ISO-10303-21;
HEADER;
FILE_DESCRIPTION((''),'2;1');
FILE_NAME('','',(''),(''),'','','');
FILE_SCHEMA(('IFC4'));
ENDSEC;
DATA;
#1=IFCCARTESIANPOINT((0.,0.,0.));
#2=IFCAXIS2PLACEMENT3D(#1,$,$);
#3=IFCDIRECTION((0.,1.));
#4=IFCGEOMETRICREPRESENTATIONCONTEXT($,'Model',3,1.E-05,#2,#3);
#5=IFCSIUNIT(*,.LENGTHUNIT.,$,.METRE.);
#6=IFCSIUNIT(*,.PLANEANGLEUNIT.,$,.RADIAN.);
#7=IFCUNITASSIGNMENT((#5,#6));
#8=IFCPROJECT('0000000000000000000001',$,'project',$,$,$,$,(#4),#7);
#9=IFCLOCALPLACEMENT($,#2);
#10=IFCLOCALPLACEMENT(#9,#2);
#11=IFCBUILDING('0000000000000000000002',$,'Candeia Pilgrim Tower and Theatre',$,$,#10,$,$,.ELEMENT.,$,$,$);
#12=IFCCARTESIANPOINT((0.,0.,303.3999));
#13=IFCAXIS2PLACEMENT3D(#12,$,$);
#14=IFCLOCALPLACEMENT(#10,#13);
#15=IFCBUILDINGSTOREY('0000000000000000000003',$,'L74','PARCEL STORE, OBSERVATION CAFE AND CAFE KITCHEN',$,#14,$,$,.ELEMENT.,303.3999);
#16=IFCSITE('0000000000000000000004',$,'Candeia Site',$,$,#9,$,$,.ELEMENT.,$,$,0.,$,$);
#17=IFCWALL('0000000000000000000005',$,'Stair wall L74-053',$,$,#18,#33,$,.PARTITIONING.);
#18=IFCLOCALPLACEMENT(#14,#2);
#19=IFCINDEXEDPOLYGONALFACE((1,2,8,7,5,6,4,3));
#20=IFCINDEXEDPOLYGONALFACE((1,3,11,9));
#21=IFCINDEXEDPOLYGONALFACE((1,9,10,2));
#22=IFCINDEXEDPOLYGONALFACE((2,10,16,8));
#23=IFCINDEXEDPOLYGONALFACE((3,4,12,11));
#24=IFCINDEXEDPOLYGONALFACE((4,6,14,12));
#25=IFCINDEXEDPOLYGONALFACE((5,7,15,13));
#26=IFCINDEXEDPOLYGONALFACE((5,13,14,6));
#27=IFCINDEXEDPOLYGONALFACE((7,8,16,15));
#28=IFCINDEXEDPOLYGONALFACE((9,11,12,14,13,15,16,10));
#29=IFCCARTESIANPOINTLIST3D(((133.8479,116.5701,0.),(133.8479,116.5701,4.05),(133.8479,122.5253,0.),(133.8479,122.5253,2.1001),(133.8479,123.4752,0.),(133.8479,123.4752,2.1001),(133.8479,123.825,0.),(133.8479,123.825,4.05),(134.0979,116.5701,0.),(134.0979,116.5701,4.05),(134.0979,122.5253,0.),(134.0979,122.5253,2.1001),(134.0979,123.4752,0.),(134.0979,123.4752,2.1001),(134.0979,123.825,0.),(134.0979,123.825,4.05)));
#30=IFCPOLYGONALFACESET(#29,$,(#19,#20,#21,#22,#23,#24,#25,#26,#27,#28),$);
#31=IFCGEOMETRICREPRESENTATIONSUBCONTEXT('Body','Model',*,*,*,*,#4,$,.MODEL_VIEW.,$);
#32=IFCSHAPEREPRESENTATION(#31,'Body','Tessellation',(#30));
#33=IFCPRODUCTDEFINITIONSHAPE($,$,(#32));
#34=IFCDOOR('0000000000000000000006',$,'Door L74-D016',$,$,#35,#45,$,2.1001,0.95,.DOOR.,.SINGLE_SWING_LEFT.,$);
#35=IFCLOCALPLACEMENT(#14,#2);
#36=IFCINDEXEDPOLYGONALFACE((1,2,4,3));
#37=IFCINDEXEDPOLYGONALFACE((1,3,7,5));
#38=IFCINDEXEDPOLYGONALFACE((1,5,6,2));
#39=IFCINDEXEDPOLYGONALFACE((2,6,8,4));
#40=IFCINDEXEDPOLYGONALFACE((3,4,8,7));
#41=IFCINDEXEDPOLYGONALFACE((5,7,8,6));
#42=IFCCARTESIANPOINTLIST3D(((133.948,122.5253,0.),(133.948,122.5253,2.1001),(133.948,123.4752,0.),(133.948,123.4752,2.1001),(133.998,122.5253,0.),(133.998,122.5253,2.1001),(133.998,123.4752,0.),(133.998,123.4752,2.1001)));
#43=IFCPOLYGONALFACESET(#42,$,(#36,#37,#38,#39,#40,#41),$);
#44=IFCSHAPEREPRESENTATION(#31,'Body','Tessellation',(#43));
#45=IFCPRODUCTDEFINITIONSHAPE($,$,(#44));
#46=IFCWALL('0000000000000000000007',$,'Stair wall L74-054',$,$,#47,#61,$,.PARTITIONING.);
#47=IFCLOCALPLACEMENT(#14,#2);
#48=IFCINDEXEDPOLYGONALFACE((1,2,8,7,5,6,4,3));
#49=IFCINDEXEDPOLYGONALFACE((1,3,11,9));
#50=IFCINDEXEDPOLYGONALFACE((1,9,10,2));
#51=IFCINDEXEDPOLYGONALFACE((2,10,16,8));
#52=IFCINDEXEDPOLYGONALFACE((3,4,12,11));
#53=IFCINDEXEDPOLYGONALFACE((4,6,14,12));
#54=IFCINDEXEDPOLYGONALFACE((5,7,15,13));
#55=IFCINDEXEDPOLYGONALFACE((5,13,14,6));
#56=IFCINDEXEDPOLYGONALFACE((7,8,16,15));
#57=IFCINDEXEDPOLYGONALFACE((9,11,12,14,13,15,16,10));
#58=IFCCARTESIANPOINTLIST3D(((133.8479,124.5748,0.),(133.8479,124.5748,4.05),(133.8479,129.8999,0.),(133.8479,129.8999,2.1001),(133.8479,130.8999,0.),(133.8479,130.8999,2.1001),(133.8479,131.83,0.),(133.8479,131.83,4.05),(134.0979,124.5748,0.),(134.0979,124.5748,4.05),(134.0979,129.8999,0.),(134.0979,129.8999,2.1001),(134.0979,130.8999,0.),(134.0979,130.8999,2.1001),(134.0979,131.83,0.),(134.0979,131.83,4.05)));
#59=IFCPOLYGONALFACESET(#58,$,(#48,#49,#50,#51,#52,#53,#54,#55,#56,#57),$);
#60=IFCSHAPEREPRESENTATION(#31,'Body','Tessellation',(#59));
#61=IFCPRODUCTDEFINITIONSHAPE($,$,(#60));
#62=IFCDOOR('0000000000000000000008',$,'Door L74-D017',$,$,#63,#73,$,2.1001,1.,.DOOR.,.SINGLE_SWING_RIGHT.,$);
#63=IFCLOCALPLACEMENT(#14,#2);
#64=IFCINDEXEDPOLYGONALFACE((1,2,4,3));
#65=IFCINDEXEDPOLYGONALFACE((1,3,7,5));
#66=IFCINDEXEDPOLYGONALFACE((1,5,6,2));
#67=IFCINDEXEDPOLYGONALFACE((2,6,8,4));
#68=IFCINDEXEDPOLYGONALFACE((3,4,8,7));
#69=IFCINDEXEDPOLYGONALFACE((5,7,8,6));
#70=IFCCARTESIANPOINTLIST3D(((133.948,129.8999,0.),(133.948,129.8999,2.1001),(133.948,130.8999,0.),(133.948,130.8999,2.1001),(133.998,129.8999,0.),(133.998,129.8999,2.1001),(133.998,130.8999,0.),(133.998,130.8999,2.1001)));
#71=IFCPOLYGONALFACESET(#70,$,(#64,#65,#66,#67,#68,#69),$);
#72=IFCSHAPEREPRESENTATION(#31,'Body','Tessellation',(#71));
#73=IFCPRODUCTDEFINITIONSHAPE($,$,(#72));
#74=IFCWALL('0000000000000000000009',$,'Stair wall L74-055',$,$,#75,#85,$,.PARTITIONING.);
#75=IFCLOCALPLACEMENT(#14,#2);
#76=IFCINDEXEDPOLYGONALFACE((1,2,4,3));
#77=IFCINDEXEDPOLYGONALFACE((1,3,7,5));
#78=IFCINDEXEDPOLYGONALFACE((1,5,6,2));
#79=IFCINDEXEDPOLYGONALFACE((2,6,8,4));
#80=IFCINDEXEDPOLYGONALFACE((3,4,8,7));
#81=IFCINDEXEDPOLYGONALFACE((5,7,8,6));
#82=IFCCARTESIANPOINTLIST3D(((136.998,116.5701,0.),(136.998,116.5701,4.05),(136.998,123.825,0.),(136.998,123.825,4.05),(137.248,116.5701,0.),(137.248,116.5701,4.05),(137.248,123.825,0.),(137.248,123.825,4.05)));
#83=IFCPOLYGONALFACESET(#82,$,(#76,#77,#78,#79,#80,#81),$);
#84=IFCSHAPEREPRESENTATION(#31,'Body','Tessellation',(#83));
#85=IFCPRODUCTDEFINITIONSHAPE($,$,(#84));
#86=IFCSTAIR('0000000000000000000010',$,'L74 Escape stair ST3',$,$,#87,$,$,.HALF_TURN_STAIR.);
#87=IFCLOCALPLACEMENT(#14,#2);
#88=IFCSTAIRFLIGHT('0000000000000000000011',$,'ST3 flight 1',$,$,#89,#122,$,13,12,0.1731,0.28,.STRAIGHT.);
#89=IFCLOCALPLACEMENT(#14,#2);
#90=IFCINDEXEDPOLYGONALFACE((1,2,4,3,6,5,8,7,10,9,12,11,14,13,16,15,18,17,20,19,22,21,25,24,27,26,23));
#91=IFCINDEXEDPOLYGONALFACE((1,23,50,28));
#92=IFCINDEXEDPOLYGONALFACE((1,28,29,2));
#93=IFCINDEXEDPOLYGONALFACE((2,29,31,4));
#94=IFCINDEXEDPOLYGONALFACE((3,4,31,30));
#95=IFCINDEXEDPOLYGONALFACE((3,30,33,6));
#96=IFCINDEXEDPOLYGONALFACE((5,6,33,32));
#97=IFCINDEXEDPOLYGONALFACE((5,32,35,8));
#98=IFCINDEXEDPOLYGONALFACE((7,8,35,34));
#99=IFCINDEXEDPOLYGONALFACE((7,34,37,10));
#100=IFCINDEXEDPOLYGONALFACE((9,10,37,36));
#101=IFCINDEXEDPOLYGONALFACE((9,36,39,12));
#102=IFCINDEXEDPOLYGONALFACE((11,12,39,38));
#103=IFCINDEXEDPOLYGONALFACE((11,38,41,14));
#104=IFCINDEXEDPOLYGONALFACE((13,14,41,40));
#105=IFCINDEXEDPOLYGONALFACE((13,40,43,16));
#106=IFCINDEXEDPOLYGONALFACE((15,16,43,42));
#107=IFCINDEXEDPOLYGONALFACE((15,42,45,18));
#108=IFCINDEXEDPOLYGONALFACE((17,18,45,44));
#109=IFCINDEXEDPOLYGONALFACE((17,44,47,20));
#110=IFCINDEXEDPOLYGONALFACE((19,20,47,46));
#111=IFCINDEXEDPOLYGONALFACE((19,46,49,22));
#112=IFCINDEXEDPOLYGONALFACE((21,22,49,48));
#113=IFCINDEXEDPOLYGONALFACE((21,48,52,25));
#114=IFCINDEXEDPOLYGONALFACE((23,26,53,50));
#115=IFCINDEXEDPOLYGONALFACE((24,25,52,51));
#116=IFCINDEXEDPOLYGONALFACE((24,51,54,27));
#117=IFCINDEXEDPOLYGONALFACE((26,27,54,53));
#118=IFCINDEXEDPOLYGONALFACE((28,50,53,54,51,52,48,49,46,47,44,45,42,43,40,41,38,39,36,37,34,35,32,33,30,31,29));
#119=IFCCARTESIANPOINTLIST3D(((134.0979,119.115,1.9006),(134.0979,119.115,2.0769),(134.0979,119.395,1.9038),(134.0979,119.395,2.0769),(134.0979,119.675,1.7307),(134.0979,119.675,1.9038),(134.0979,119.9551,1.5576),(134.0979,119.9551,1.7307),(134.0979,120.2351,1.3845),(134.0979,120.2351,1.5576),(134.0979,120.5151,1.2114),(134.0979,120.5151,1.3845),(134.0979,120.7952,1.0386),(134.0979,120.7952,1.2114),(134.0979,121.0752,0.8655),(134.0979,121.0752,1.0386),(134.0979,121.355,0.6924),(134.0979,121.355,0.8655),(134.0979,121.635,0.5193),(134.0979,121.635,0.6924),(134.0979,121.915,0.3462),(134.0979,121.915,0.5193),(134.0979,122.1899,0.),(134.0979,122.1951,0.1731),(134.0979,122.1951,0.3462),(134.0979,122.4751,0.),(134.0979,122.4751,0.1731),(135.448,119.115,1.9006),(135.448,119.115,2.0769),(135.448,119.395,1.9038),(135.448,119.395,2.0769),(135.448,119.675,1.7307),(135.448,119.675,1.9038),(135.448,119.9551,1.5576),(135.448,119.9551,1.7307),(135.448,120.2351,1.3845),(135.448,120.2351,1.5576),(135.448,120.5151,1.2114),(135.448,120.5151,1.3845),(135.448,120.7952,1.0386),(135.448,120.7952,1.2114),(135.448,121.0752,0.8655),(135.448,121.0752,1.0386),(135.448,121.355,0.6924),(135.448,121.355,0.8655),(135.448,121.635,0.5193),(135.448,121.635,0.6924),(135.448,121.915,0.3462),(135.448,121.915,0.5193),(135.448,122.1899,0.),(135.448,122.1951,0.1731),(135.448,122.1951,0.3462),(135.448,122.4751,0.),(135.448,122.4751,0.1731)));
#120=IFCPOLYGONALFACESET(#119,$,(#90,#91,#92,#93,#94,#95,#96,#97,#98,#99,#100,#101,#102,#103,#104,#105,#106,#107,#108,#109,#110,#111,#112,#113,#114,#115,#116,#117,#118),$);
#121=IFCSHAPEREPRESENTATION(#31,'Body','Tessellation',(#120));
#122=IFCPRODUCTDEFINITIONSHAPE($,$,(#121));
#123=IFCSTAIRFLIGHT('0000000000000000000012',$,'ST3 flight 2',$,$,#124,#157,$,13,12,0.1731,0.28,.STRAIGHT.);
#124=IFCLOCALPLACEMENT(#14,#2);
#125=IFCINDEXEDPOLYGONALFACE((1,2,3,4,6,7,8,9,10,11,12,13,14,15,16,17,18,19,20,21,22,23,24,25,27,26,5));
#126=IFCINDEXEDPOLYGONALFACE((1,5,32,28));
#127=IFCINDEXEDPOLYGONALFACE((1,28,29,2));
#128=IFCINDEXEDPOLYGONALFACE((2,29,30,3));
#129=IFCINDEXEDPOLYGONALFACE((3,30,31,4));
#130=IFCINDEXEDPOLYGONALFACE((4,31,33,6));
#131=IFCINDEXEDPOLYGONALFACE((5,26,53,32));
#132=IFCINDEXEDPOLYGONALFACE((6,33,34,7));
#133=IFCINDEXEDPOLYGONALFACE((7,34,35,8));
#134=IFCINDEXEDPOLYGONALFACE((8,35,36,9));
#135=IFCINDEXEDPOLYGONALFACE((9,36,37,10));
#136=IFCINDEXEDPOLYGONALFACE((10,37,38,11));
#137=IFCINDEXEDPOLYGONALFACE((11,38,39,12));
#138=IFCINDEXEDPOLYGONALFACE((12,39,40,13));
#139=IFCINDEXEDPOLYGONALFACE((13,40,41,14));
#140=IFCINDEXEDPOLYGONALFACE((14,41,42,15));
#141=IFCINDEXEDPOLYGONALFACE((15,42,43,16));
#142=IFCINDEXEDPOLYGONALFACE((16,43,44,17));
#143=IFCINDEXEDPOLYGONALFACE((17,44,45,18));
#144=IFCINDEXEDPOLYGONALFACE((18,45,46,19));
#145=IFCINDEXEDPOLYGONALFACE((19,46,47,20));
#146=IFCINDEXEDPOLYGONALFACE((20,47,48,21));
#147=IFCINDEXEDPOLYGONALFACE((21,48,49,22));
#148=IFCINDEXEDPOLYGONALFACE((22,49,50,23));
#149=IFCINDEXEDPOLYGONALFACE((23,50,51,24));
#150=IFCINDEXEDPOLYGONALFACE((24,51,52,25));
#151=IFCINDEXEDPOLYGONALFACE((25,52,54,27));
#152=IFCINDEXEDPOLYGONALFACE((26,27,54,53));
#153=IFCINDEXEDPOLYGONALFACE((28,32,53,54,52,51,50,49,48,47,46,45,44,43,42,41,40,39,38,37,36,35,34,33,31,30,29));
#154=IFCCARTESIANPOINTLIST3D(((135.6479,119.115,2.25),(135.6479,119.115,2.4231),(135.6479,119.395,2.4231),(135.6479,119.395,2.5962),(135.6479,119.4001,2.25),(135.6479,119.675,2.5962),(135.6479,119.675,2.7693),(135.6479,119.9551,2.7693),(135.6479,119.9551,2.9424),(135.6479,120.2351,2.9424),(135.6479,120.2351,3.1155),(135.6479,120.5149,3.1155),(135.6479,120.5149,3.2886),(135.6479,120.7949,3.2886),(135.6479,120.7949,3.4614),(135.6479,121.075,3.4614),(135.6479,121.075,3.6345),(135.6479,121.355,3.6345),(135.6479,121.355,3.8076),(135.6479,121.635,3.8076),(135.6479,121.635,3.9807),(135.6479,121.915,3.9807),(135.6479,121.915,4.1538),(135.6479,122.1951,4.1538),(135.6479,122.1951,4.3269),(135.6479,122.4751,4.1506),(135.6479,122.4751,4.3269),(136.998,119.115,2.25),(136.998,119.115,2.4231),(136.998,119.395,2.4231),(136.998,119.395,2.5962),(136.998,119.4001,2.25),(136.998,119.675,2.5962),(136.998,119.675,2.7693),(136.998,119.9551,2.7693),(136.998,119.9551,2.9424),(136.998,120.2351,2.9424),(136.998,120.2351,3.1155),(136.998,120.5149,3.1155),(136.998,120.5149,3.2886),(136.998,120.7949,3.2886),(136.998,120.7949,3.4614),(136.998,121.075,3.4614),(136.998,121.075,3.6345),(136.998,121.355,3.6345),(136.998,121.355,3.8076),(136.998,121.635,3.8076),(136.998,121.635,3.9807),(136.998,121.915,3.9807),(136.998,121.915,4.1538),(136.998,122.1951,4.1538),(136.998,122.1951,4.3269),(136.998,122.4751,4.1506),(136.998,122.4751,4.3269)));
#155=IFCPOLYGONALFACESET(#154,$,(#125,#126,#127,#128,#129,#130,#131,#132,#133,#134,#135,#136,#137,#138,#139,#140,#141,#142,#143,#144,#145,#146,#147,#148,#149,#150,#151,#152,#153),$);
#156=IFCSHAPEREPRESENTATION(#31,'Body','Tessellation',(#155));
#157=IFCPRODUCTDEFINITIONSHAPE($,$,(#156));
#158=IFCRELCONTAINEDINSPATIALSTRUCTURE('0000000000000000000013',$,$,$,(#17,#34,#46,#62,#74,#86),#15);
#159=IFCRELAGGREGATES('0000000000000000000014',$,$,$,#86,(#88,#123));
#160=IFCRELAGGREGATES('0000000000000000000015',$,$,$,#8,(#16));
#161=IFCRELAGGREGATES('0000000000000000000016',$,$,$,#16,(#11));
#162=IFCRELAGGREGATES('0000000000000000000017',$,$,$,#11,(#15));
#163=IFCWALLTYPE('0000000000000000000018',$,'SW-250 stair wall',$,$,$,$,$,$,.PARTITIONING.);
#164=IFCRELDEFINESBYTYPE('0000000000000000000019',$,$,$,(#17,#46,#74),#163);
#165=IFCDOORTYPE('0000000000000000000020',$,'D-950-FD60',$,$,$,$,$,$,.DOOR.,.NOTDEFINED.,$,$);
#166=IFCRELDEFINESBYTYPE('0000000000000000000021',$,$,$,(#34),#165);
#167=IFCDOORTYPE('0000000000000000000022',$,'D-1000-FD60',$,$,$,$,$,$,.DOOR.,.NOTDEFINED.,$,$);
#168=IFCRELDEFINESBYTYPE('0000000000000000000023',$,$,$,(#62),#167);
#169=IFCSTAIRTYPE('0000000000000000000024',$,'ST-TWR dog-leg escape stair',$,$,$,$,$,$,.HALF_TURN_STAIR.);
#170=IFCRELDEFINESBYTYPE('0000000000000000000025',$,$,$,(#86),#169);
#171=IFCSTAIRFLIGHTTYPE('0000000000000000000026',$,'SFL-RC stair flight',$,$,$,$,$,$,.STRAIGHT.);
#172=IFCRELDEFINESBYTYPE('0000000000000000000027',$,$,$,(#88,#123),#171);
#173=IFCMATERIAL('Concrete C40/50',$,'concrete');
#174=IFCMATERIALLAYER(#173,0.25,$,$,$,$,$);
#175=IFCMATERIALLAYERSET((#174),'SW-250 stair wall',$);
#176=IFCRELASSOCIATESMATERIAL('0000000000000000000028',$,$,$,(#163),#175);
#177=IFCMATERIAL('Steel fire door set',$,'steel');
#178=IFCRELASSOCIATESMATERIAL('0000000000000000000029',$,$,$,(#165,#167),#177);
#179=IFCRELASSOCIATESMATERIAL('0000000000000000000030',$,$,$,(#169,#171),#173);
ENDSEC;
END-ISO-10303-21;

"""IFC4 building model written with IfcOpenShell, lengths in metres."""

from ifc_helpers import new_model, si_unit, direction, frame, frame_2d, origin, place, context, subcontext, project, spatial, polyline, rectangle, outline, extrude, material, layer, layer_set, type_object, element, fill, aggregate, save


model = new_model("IFC4")

# Units and contexts
model_context = context("Model", 3, precision=1e-05, world=origin(), true_north=direction((0.0, 1.0)))
body_context = subcontext(model_context, "Body", "Model", "MODEL_VIEW")
ifc_project = project(units=[si_unit("LENGTHUNIT", "METRE"), si_unit("PLANEANGLEUNIT", "RADIAN")], contexts=[model_context])

# Site, building, storey
site_placement = place(None, origin())
site = spatial("IfcSite", under=ifc_project, at=site_placement, Name="Candeia Site", CompositionType="ELEMENT", RefElevation=0.0)
building_placement = place(site_placement, origin())
building = spatial("IfcBuilding", under=site, at=building_placement, Name="Candeia Pilgrim Tower and Theatre", CompositionType="ELEMENT")
storey_placement = place(building_placement, frame((0.0, 0.0, 303.3999)))
storey = spatial("IfcBuildingStorey", under=building, at=storey_placement, Name="L74", Description="PARCEL STORE, OBSERVATION CAFE AND CAFE KITCHEN", CompositionType="ELEMENT", Elevation=303.3999)

# Shared definitions
ifc_material_1 = material(Name="Concrete C40/50", Category="concrete")

# Shared definitions
ifc_material_2 = material(Name="Steel fire door set", Category="steel")

# Shared definitions
ifc_layer_1 = layer(ifc_material_1, 0.25)
ifc_layer_set_1 = layer_set([ifc_layer_1], Name="SW-250 stair wall")
wall_type_1 = type_object("IfcWallType", Name="SW-250 stair wall", PredefinedType="PARTITIONING", material=ifc_layer_set_1)

# Walls, openings, doors
wall_1_placement = place(storey_placement, frame((133.9729, 116.5701, 0.0), z_axis=(0.0, 0.0, 1.0), x_axis=(0.0, 1.0, 0.0)))
wall_1 = element("IfcWall", 1, at=wall_1_placement, inside=storey, type_object=wall_type_1, Name="Stair wall L74-053", PredefinedType="PARTITIONING", context=body_context, shape_type="SweptSolid", body=[
    extrude(rectangle(XDim=7.2549, YDim=0.25, at=frame_2d((3.6274, 0.0))), origin(), (0.0, 0.0, 1.0), 4.05),
])
opening_1_placement = place(wall_1_placement, frame((5.9551, 0.0, 0.0)))
opening_1 = element("IfcOpeningElement", 2, at=opening_1_placement, cuts=wall_1, PredefinedType="OPENING", context=body_context, shape_type="SweptSolid", body=[
    extrude(rectangle(XDim=0.95, YDim=2.1001, at=frame_2d((0.4751, 1.05))), frame((0.0, 0.135, 0.0), z_axis=(0.0, -1.0, 0.0), x_axis=(1.0, 0.0, 0.0)), (0.0, 0.0, 1.0), 0.27),
])
door_type_1 = type_object("IfcDoorType", Name="D-950-FD60", OperationType="NOTDEFINED", PredefinedType="DOOR", material=ifc_material_2)
door_1_placement = place(opening_1_placement, origin())
door_1 = element("IfcDoor", 3, at=door_1_placement, inside=storey, type_object=door_type_1, Name="Door L74-D016", OperationType="SINGLE_SWING_LEFT", OverallHeight=2.1001, OverallWidth=0.95, PredefinedType="DOOR", context=body_context, shape_type="SweptSolid", body=[
    extrude(rectangle(XDim=0.95, YDim=2.1001, at=frame_2d((0.4751, 1.05))), frame((0.0, 0.0249, 0.0), z_axis=(0.0, -1.0, 0.0), x_axis=(1.0, 0.0, 0.0)), (0.0, 0.0, 1.0), 0.05),
])
fill(opening_1, door_1)
wall_2_placement = place(storey_placement, frame((133.9729, 124.575, 0.0), z_axis=(0.0, 0.0, 1.0), x_axis=(0.0, 1.0, 0.0)))
wall_2 = element("IfcWall", 4, at=wall_2_placement, inside=storey, type_object=wall_type_1, Name="Stair wall L74-054", PredefinedType="PARTITIONING", context=body_context, shape_type="SweptSolid", body=[
    extrude(rectangle(XDim=7.2551, YDim=0.25, at=frame_2d((3.6274, 0.0))), origin(), (0.0, 0.0, 1.0), 4.05),
])
opening_2_placement = place(wall_2_placement, frame((5.325, 0.0, 0.0)))
opening_2 = element("IfcOpeningElement", 5, at=opening_2_placement, cuts=wall_2, PredefinedType="OPENING", context=body_context, shape_type="SweptSolid", body=[
    extrude(rectangle(XDim=1.0, YDim=2.1001, at=frame_2d((0.5, 1.05))), frame((0.0, 0.135, 0.0), z_axis=(0.0, -1.0, 0.0), x_axis=(1.0, 0.0, 0.0)), (0.0, 0.0, 1.0), 0.27),
])
door_type_2 = type_object("IfcDoorType", Name="D-1000-FD60", OperationType="NOTDEFINED", PredefinedType="DOOR", material=ifc_material_2)
door_2_placement = place(opening_2_placement, origin())
door_2 = element("IfcDoor", 6, at=door_2_placement, inside=storey, type_object=door_type_2, Name="Door L74-D017", OperationType="SINGLE_SWING_RIGHT", OverallHeight=2.1001, OverallWidth=1.0, PredefinedType="DOOR", context=body_context, shape_type="SweptSolid", body=[
    extrude(rectangle(XDim=1.0, YDim=2.1001, at=frame_2d((0.5, 1.05))), frame((0.0, 0.0249, 0.0), z_axis=(0.0, -1.0, 0.0), x_axis=(1.0, 0.0, 0.0)), (0.0, 0.0, 1.0), 0.05),
])
fill(opening_2, door_2)

# Wall
wall_3_placement = place(storey_placement, frame((137.123, 116.5701, 0.0), z_axis=(0.0, 0.0, 1.0), x_axis=(0.0, 1.0, 0.0)))
element("IfcWall", 7, at=wall_3_placement, inside=storey, type_object=wall_type_1, Name="Stair wall L74-055", PredefinedType="PARTITIONING", context=body_context, shape_type="SweptSolid", body=[
    extrude(rectangle(XDim=7.2549, YDim=0.25, at=frame_2d((3.6274, 0.0))), origin(), (0.0, 0.0, 1.0), 4.05),
])

# Stair, stair flights
stair_type = type_object("IfcStairType", Name="ST-TWR dog-leg escape stair", PredefinedType="HALF_TURN_STAIR", material=ifc_material_1)
stair_1_placement = place(storey_placement, origin())
stair_1 = element("IfcStair", 8, at=stair_1_placement, inside=storey, type_object=stair_type, Name="L74 Escape stair ST3", PredefinedType="HALF_TURN_STAIR")
stair_flight_type = type_object("IfcStairFlightType", Name="SFL-RC stair flight", PredefinedType="STRAIGHT", material=ifc_material_1)
stair_flight_1_placement = place(storey_placement, frame((134.7729, 122.4751, 0.0), z_axis=(0.0, 0.0, 1.0), x_axis=(0.0, -1.0, 0.0)))
stair_flight_1 = element("IfcStairFlight", 9, at=stair_flight_1_placement, type_object=stair_flight_type, Name="ST3 flight 1", NumberOfRisers=13, NumberOfTreads=12, PredefinedType="STRAIGHT", RiserHeight=0.1731, TreadLength=0.28, context=body_context, shape_type="SweptSolid", body=[
    extrude(outline(polyline([(0.0, 0.0), (0.0, 0.1731), (0.28, 0.1731), (0.28, 0.3462), (0.5601, 0.3462), (0.5601, 0.5193), (0.8401, 0.5193), (0.8401, 0.6924), (1.1201, 0.6924), (1.1201, 0.8655), (1.3999, 0.8655), (1.3999, 1.0386), (1.6799, 1.0386), (1.6799, 1.2114), (1.96, 1.2114), (1.96, 1.3845), (2.24, 1.3845), (2.24, 1.5576), (2.52, 1.5576), (2.52, 1.7307), (2.8, 1.7307), (2.8, 1.9038), (3.0801, 1.9038), (3.0801, 2.0769), (3.3601, 2.0769), (3.3601, 2.25), (3.3601, 1.9006), (0.2852, 0.0), (0.0, 0.0)])), frame((0.0, 0.675, 0.0), z_axis=(0.0, -1.0, 0.0), x_axis=(1.0, 0.0, 0.0)), (0.0, 0.0, 1.0), 1.3501),
])
stair_flight_2_placement = place(storey_placement, frame((136.323, 119.115, 2.25), z_axis=(0.0, 0.0, 1.0), x_axis=(0.0, 1.0, 0.0)))
stair_flight_2 = element("IfcStairFlight", 10, at=stair_flight_2_placement, type_object=stair_flight_type, Name="ST3 flight 2", NumberOfRisers=13, NumberOfTreads=12, PredefinedType="STRAIGHT", RiserHeight=0.1731, TreadLength=0.28, context=body_context, shape_type="SweptSolid", body=[
    extrude(outline(polyline([(0.0, 0.0), (0.0, 0.1731), (0.28, 0.1731), (0.28, 0.3462), (0.5601, 0.3462), (0.5601, 0.5193), (0.8401, 0.5193), (0.8401, 0.6924), (1.1201, 0.6924), (1.1201, 0.8655), (1.3999, 0.8655), (1.3999, 1.0386), (1.6799, 1.0386), (1.6799, 1.2114), (1.96, 1.2114), (1.96, 1.3845), (2.24, 1.3845), (2.24, 1.5576), (2.52, 1.5576), (2.52, 1.7307), (2.8, 1.7307), (2.8, 1.9038), (3.0801, 1.9038), (3.0801, 2.0769), (3.3601, 2.0769), (3.3601, 2.25), (3.3601, 1.9006), (0.2852, 0.0), (0.0, 0.0)])), frame((0.0, 0.675, 0.0), z_axis=(0.0, -1.0, 0.0), x_axis=(1.0, 0.0, 0.0)), (0.0, 0.0, 1.0), 1.3501),
])
aggregate(stair_1, [stair_flight_1, stair_flight_2])

save(model, "model.ifc")
